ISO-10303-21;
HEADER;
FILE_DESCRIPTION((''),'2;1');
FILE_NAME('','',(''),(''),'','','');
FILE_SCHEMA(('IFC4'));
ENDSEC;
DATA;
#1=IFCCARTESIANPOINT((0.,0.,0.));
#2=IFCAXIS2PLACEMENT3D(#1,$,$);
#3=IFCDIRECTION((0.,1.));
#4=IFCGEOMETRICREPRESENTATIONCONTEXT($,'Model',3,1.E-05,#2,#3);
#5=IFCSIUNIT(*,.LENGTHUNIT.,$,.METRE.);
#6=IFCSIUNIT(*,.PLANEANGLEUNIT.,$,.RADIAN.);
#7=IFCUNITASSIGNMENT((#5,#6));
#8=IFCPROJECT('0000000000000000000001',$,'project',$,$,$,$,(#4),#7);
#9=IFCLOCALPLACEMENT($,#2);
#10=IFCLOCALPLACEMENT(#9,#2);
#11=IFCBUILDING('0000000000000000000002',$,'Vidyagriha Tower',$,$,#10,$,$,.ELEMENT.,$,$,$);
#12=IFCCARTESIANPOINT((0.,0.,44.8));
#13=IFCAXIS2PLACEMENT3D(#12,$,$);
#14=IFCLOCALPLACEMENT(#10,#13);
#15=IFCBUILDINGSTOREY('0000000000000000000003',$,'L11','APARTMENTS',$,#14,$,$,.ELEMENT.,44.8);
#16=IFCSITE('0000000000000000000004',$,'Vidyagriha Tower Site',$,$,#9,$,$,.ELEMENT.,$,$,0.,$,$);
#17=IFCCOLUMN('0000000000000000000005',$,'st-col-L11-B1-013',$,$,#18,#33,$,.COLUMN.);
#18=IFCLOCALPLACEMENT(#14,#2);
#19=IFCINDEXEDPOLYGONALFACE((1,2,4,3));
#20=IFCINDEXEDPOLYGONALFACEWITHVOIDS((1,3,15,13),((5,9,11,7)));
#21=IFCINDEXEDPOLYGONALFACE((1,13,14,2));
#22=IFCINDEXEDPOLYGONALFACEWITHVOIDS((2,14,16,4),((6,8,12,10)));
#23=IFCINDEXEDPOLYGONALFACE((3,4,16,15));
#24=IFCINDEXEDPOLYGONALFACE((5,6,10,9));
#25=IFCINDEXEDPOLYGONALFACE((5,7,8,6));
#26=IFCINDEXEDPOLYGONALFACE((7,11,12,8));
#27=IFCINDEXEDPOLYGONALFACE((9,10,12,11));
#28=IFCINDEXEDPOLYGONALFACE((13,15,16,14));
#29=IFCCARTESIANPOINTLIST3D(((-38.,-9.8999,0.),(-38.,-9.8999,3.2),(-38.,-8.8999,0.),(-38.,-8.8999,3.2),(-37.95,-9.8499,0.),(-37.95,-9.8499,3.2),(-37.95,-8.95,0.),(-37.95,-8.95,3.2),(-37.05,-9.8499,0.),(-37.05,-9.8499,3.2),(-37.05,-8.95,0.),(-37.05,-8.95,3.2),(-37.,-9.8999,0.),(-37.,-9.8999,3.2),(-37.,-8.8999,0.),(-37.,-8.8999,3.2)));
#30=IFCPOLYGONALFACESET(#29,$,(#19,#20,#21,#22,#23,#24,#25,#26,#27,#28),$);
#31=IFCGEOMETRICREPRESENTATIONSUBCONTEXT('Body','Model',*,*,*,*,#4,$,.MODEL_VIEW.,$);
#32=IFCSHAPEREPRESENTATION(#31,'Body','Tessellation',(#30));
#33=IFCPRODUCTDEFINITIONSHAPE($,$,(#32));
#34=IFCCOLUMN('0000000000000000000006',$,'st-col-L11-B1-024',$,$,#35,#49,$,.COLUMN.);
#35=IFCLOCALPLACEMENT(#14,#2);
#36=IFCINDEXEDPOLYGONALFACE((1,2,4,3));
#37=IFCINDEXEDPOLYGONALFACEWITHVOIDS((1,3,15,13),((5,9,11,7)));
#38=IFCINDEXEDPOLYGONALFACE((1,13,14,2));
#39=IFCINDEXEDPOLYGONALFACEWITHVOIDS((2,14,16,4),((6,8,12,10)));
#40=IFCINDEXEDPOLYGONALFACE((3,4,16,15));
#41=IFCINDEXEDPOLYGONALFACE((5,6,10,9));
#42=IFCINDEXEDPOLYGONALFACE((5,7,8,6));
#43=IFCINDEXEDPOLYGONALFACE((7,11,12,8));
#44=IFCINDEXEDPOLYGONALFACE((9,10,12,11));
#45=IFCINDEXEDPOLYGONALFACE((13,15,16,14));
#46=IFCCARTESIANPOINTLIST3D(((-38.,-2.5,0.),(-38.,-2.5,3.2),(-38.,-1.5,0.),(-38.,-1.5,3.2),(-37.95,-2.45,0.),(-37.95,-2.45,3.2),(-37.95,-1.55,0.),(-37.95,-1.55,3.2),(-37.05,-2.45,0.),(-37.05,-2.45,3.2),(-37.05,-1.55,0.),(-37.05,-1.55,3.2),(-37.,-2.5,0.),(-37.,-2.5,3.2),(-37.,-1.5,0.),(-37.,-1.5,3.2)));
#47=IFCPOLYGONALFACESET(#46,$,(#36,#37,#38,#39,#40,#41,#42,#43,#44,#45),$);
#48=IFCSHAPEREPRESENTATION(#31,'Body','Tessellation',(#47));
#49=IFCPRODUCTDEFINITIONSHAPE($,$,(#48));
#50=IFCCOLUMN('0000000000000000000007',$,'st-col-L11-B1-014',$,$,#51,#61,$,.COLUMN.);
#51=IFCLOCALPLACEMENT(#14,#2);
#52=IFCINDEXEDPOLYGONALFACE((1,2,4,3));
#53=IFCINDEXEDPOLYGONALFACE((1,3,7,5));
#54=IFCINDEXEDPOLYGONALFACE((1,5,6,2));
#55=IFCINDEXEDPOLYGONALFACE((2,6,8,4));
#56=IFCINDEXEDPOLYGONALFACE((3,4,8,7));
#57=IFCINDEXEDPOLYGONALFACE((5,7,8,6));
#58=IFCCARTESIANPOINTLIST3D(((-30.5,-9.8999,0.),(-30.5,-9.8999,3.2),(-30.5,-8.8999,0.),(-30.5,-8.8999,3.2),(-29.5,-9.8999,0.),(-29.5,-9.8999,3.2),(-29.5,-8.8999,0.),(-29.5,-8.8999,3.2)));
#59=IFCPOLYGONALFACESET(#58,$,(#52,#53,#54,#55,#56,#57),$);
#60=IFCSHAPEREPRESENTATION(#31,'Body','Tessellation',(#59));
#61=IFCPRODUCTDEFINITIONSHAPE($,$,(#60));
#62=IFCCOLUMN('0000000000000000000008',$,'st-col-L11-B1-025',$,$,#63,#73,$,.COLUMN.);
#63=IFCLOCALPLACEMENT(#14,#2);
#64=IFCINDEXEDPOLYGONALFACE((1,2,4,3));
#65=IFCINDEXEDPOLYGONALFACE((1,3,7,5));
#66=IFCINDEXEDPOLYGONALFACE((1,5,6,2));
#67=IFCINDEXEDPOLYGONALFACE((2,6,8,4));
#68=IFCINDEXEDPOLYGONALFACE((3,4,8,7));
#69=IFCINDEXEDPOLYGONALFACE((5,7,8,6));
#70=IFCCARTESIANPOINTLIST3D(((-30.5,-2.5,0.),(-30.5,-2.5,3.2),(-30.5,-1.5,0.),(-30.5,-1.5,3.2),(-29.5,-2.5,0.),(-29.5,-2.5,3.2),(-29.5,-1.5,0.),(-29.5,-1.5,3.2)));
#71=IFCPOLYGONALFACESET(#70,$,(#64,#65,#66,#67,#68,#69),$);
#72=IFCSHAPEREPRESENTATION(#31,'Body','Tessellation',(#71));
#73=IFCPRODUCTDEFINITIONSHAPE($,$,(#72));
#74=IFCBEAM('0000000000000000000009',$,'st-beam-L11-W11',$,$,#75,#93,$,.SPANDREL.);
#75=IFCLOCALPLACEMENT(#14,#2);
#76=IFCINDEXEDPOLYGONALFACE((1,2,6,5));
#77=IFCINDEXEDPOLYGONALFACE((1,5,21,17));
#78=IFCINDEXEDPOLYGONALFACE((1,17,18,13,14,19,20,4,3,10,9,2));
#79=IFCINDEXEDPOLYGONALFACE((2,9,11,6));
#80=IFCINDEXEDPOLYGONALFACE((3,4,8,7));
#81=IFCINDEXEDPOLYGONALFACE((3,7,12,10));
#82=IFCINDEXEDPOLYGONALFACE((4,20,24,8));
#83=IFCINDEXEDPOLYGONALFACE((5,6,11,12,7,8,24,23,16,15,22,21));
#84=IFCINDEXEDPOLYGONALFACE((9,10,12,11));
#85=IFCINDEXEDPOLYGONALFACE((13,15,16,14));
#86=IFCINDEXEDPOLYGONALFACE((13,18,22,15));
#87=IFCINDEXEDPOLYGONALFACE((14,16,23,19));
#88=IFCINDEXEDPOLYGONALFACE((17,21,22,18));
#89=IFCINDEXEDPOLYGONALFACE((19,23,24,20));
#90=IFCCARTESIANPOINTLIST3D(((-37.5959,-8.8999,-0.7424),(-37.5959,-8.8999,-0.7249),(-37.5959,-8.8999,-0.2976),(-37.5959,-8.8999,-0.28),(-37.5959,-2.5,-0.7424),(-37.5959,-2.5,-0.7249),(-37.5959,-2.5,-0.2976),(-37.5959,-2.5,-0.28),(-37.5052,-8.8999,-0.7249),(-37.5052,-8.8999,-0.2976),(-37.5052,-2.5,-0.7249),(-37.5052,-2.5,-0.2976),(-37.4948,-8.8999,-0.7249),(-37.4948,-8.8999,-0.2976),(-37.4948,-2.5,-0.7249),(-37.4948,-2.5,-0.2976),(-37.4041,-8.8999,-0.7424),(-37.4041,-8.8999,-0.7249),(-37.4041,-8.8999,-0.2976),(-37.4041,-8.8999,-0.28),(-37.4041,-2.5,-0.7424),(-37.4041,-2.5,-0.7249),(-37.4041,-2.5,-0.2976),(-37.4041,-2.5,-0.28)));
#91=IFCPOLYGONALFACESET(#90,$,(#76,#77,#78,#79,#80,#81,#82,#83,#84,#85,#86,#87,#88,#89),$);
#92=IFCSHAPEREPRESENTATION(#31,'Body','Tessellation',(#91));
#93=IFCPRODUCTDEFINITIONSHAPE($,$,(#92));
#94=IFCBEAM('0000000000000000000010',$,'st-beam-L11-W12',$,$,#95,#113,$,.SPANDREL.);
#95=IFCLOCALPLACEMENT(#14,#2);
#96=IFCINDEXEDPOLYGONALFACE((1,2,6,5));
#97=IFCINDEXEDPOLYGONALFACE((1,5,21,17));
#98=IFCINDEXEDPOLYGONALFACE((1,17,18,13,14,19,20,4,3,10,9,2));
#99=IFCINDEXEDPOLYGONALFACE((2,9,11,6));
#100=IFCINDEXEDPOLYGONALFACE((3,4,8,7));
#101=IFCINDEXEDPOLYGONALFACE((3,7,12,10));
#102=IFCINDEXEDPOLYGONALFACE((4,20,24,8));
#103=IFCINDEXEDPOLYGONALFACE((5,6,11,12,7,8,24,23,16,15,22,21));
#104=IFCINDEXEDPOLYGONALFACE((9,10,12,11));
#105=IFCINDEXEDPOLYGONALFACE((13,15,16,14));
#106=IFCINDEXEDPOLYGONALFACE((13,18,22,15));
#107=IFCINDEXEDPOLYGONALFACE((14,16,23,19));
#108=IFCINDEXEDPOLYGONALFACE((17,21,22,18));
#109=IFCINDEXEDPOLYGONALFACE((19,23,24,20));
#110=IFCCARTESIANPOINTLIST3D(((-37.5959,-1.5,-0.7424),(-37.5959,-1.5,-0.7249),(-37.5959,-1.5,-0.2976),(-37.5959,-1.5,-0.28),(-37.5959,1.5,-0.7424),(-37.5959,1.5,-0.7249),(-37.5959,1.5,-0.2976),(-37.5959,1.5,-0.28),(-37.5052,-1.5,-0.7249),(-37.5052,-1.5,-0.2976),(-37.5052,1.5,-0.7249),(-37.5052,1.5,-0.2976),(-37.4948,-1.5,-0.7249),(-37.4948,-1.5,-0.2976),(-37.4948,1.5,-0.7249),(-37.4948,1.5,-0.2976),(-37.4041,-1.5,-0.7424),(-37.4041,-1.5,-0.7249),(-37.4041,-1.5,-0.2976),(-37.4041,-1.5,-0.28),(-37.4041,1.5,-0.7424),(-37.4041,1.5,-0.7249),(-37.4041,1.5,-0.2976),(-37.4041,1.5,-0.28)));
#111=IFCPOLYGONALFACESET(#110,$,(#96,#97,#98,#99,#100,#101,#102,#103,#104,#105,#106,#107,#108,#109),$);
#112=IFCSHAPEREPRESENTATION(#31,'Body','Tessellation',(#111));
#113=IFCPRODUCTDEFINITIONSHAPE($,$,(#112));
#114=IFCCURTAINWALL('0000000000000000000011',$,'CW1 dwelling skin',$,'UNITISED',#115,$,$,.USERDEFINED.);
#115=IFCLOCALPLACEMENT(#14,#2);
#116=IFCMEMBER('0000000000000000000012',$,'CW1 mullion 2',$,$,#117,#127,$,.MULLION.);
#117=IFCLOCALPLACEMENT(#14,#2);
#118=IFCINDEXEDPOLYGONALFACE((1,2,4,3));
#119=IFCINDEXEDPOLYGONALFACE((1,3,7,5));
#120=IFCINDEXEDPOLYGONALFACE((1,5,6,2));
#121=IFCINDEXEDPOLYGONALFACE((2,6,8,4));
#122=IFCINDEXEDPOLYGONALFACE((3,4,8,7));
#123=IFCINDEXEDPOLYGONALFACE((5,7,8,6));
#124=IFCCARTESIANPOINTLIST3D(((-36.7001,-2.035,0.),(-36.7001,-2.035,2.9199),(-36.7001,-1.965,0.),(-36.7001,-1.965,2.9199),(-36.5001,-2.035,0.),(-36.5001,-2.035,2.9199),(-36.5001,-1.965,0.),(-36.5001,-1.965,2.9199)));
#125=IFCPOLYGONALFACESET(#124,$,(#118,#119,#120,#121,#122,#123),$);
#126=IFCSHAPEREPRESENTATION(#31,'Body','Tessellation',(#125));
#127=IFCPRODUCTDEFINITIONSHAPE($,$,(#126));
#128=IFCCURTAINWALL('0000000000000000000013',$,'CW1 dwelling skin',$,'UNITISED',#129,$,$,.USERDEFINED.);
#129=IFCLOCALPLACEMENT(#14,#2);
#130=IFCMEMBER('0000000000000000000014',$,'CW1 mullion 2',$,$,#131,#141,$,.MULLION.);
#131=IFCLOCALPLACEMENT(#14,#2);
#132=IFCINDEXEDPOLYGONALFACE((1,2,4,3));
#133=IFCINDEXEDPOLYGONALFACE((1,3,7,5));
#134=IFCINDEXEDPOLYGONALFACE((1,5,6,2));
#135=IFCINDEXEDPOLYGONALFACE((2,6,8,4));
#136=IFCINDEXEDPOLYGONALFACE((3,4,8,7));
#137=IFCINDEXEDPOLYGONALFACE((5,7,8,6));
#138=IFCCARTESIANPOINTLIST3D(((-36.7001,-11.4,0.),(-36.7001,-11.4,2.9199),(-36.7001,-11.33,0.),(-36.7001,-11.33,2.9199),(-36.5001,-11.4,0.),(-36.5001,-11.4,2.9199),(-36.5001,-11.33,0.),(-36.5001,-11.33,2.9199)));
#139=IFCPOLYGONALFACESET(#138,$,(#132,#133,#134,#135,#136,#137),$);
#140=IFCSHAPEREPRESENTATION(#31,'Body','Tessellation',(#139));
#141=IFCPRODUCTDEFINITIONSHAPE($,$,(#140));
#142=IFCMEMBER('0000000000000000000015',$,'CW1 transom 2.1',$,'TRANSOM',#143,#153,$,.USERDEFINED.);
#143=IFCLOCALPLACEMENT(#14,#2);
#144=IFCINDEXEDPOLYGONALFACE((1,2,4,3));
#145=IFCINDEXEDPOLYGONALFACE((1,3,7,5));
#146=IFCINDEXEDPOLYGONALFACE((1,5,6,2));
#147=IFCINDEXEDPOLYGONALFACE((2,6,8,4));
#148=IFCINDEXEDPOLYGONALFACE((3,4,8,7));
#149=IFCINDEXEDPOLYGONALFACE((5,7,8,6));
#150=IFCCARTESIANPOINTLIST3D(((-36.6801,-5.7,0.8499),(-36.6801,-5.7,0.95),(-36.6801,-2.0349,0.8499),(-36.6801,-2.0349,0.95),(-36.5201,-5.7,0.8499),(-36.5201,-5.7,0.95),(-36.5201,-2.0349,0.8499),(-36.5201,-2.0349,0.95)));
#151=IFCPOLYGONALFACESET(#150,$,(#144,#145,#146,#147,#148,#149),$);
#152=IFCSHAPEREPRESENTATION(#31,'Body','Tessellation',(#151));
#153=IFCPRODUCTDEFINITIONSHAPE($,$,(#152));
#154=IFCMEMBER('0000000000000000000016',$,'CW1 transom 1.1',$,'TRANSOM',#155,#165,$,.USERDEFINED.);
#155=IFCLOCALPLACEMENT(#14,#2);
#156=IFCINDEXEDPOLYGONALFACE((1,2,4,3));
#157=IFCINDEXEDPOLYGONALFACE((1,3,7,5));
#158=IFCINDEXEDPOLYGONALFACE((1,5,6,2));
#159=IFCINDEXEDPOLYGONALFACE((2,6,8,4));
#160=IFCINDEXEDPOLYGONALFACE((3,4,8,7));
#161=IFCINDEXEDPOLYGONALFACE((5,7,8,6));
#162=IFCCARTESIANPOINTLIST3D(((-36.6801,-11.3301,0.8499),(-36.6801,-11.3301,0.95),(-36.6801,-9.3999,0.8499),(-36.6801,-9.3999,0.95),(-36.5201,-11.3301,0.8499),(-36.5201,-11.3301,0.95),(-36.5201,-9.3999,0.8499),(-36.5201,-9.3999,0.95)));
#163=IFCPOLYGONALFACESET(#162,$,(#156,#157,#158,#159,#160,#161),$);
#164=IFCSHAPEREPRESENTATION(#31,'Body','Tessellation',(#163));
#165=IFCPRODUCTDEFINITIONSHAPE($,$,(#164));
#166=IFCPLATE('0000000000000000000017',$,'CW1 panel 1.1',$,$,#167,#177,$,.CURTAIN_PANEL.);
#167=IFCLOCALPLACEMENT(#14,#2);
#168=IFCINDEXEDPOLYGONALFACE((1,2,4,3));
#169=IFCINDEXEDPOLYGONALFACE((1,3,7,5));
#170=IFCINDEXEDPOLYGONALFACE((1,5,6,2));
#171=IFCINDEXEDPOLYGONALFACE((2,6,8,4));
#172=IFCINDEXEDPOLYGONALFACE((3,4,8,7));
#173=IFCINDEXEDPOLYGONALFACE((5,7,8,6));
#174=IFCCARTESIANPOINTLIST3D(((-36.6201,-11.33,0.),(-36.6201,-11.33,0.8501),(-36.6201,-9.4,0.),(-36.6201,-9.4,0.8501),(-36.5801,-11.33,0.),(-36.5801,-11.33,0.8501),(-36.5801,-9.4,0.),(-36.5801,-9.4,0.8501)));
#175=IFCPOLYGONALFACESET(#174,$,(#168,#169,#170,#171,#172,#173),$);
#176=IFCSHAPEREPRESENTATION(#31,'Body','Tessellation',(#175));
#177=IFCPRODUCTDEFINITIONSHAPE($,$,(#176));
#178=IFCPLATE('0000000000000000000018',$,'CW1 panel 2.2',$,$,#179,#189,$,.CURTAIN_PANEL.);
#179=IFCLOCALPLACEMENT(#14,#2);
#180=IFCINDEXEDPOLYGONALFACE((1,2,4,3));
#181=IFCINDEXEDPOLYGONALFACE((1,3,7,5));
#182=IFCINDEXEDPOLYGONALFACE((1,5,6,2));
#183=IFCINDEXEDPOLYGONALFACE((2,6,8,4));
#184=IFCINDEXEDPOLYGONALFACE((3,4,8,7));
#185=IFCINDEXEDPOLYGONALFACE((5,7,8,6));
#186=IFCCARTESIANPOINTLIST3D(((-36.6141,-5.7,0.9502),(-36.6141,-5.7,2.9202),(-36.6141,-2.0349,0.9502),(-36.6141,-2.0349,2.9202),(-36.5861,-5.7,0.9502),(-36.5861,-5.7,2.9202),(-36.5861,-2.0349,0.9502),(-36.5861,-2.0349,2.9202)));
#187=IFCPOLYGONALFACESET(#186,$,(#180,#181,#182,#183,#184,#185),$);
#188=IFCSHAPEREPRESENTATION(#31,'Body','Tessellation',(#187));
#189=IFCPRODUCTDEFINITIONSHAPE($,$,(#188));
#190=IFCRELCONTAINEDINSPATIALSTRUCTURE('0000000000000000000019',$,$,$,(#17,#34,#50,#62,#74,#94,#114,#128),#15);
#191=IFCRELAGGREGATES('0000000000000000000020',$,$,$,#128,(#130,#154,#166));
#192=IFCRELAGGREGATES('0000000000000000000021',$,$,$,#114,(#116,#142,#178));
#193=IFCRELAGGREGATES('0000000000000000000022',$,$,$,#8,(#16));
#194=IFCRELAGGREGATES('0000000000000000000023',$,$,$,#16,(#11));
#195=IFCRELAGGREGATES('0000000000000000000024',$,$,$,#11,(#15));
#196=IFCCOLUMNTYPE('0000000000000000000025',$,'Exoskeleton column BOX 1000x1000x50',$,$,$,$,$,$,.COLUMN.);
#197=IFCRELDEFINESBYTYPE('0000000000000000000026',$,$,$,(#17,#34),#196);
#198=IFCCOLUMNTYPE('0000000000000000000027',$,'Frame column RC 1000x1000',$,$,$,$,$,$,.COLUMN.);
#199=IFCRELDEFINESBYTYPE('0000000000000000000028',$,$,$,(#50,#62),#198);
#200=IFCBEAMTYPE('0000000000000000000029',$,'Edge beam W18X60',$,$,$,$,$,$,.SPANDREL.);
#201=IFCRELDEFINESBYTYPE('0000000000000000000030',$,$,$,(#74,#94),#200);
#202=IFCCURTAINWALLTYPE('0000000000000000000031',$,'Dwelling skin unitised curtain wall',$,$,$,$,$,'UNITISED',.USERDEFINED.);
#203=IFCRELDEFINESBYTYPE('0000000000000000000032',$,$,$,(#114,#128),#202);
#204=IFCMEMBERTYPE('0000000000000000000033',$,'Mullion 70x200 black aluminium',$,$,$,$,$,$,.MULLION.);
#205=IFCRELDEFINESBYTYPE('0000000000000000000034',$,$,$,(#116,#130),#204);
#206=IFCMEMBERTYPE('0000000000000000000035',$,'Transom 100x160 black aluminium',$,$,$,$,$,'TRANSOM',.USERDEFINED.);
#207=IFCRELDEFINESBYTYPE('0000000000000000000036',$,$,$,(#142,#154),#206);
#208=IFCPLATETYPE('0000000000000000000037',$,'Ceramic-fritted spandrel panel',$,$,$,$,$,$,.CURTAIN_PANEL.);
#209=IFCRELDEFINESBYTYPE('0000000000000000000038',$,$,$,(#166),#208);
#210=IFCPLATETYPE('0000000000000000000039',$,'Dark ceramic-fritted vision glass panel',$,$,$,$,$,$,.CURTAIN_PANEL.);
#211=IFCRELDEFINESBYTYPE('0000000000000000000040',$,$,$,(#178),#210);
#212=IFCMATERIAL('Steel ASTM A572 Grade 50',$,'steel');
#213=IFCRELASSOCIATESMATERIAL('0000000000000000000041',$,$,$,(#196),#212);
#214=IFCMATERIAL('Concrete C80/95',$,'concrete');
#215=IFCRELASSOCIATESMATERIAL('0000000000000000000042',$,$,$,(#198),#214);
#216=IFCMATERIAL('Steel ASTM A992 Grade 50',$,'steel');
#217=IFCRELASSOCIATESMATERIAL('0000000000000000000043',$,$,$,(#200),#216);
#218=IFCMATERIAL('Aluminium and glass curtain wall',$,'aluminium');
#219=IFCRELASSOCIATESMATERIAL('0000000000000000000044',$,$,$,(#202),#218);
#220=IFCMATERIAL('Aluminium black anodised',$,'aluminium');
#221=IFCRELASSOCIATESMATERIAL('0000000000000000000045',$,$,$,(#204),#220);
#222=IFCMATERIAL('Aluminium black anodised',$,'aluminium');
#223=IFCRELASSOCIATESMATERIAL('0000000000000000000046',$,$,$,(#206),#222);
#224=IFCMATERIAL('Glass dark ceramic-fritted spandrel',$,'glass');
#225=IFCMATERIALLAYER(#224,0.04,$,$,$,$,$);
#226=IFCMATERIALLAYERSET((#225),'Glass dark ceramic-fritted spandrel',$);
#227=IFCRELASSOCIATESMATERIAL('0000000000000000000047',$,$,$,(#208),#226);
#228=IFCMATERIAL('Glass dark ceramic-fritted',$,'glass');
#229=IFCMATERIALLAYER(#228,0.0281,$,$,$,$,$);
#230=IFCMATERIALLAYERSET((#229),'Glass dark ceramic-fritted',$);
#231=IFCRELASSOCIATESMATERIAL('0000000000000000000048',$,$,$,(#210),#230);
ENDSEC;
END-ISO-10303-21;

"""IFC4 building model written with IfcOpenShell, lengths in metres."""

from ifc_helpers import new_model, si_unit, direction, frame, origin, origin_2d, place, context, subcontext, project, spatial, rectangle, hollow_rectangle, i_section, extrude, material, layer, layer_set, material_profile, profile_set, type_object, element, aggregate, save


model = new_model("IFC4")

# Units and contexts
model_context = context("Model", 3, precision=1e-05, world=origin(), true_north=direction((0.0, 1.0)))
body_context = subcontext(model_context, "Body", "Model", "MODEL_VIEW")
ifc_project = project(units=[si_unit("LENGTHUNIT", "METRE"), si_unit("PLANEANGLEUNIT", "RADIAN")], contexts=[model_context])

# Site, building, storey
site_placement = place(None, origin())
site = spatial("IfcSite", under=ifc_project, at=site_placement, Name="Vidyagriha Tower Site", CompositionType="ELEMENT", RefElevation=0.0)
building_placement = place(site_placement, origin())
building = spatial("IfcBuilding", under=site, at=building_placement, Name="Vidyagriha Tower", CompositionType="ELEMENT")
storey_placement = place(building_placement, frame((0.0, 0.0, 44.8)))
storey = spatial("IfcBuildingStorey", under=building, at=storey_placement, Name="L11", Description="APARTMENTS", CompositionType="ELEMENT", Elevation=44.8)

# Columns
ifc_material_1 = material(Name="Steel ASTM A572 Grade 50", Category="steel")
ifc_material_profile_1 = material_profile(ifc_material_1, hollow_rectangle(XDim=1.0, YDim=1.0, WallThickness=0.05, at=origin_2d()), Name="BOX 1000x1000x50")
ifc_profile_set_1 = profile_set([ifc_material_profile_1], Name="Steel ASTM A572 Grade 50")
column_type_1 = type_object("IfcColumnType", Name="Exoskeleton column BOX 1000x1000x50", PredefinedType="COLUMN", material=ifc_profile_set_1)
for number, where, name in (
    (1, (-37.5, -9.3999, 0.0), "st-col-L11-B1-013"),
    (2, (-37.5, -2.0, 0.0), "st-col-L11-B1-024"),
):
    element("IfcColumn", number, at=place(storey_placement, frame(where)), inside=storey, type_object=column_type_1, Name=name, PredefinedType="COLUMN", context=body_context, shape_type="SweptSolid", body=[
        extrude(hollow_rectangle(XDim=1.0, YDim=1.0, WallThickness=0.05, at=origin_2d()), origin(), (0.0, 0.0, 1.0), 3.2),
    ])
ifc_material_2 = material(Name="Concrete C80/95", Category="concrete")
ifc_material_profile_2 = material_profile(ifc_material_2, rectangle(XDim=1.0, YDim=1.0, at=origin_2d()), Name="RC 1000x1000")
ifc_profile_set_2 = profile_set([ifc_material_profile_2], Name="Concrete C80/95")
column_type_2 = type_object("IfcColumnType", Name="Frame column RC 1000x1000", PredefinedType="COLUMN", material=ifc_profile_set_2)
for number, where, name in (
    (3, (-30.0, -9.3999, 0.0), "st-col-L11-B1-014"),
    (4, (-30.0, -2.0, 0.0), "st-col-L11-B1-025"),
):
    element("IfcColumn", number, at=place(storey_placement, frame(where)), inside=storey, type_object=column_type_2, Name=name, PredefinedType="COLUMN", context=body_context, shape_type="SweptSolid", body=[
        extrude(rectangle(XDim=1.0, YDim=1.0, at=origin_2d()), origin(), (0.0, 0.0, 1.0), 3.2),
    ])

# Beams
ifc_material_3 = material(Name="Steel ASTM A992 Grade 50", Category="steel")
ifc_material_profile_3 = material_profile(ifc_material_3, i_section(OverallWidth=0.1919, OverallDepth=0.4624, WebThickness=0.0105, FlangeThickness=0.0176, at=origin_2d()), Name="W18X60")
ifc_profile_set_3 = profile_set([ifc_material_profile_3], Name="Steel ASTM A992 Grade 50")
beam_type = type_object("IfcBeamType", Name="Edge beam W18X60", PredefinedType="SPANDREL", material=ifc_profile_set_3)
beam_1_placement = place(storey_placement, frame((-37.5, -8.8999, -0.5112), z_axis=(0.0, 1.0, 0.0), x_axis=(-1.0, 0.0, 0.0)))
element("IfcBeam", 5, at=beam_1_placement, inside=storey, type_object=beam_type, Name="st-beam-L11-W11", PredefinedType="SPANDREL", context=body_context, shape_type="SweptSolid", body=[
    extrude(i_section(OverallWidth=0.1919, OverallDepth=0.4624, WebThickness=0.0105, FlangeThickness=0.0176, at=origin_2d()), origin(), (0.0, 0.0, 1.0), 6.3999),
])
beam_2_placement = place(storey_placement, frame((-37.5, -1.5, -0.5112), z_axis=(0.0, 1.0, 0.0), x_axis=(-1.0, 0.0, 0.0)))
element("IfcBeam", 6, at=beam_2_placement, inside=storey, type_object=beam_type, Name="st-beam-L11-W12", PredefinedType="SPANDREL", context=body_context, shape_type="SweptSolid", body=[
    extrude(i_section(OverallWidth=0.1919, OverallDepth=0.4624, WebThickness=0.0105, FlangeThickness=0.0176, at=origin_2d()), origin(), (0.0, 0.0, 1.0), 3.0),
])

# Curtain walls, members
ifc_material_4 = material(Name="Aluminium and glass curtain wall", Category="aluminium")
curtain_wall_type = type_object("IfcCurtainWallType", Name="Dwelling skin unitised curtain wall", ElementType="UNITISED", PredefinedType="USERDEFINED", material=ifc_material_4)
curtain_wall_1_placement = place(storey_placement, origin())
curtain_wall_1 = element("IfcCurtainWall", 7, at=curtain_wall_1_placement, inside=storey, type_object=curtain_wall_type, Name="CW1 dwelling skin", ObjectType="UNITISED", PredefinedType="USERDEFINED")
ifc_material_5 = material(Name="Aluminium black anodised", Category="aluminium")
ifc_material_profile_4 = material_profile(ifc_material_5, rectangle(XDim=0.2, YDim=0.0701, at=origin_2d()), Name="Mullion 70x200 black aluminium")
ifc_profile_set_4 = profile_set([ifc_material_profile_4], Name="Aluminium black anodised")
member_type_1 = type_object("IfcMemberType", Name="Mullion 70x200 black aluminium", PredefinedType="MULLION", material=ifc_profile_set_4)
member_1_placement = place(storey_placement, frame((-36.6001, -2.0, 0.0)))
member_1 = element("IfcMember", 8, at=member_1_placement, type_object=member_type_1, Name="CW1 mullion 2", PredefinedType="MULLION", context=body_context, shape_type="SweptSolid", body=[
    extrude(rectangle(XDim=0.2, YDim=0.0701, at=origin_2d()), origin(), (0.0, 0.0, 1.0), 2.9199),
])
curtain_wall_2_placement = place(storey_placement, origin())
curtain_wall_2 = element("IfcCurtainWall", 9, at=curtain_wall_2_placement, inside=storey, type_object=curtain_wall_type, Name="CW1 dwelling skin", ObjectType="UNITISED", PredefinedType="USERDEFINED")
member_2_placement = place(storey_placement, frame((-36.6001, -11.365, 0.0)))
member_2 = element("IfcMember", 10, at=member_2_placement, type_object=member_type_1, Name="CW1 mullion 2", PredefinedType="MULLION", context=body_context, shape_type="SweptSolid", body=[
    extrude(rectangle(XDim=0.2, YDim=0.0701, at=origin_2d()), origin(), (0.0, 0.0, 1.0), 2.9199),
])

# Members
ifc_material_6 = material(Name="Aluminium black anodised", Category="aluminium")
ifc_material_profile_5 = material_profile(ifc_material_6, rectangle(XDim=0.1599, YDim=0.1001, at=origin_2d()), Name="Transom 100x160 black aluminium")
ifc_profile_set_5 = profile_set([ifc_material_profile_5], Name="Aluminium black anodised")
member_type_2 = type_object("IfcMemberType", Name="Transom 100x160 black aluminium", ElementType="TRANSOM", PredefinedType="USERDEFINED", material=ifc_profile_set_5)
member_3_placement = place(storey_placement, frame((-36.6001, -2.0349, 0.8999), z_axis=(0.0, -1.0, 0.0), x_axis=(1.0, 0.0, 0.0)))
member_3 = element("IfcMember", 11, at=member_3_placement, type_object=member_type_2, Name="CW1 transom 2.1", ObjectType="TRANSOM", PredefinedType="USERDEFINED", context=body_context, shape_type="SweptSolid", body=[
    extrude(rectangle(XDim=0.1599, YDim=0.1001, at=origin_2d()), origin(), (0.0, 0.0, 1.0), 3.665),
])
member_4_placement = place(storey_placement, frame((-36.6001, -9.3999, 0.8999), z_axis=(0.0, -1.0, 0.0), x_axis=(1.0, 0.0, 0.0)))
member_4 = element("IfcMember", 12, at=member_4_placement, type_object=member_type_2, Name="CW1 transom 1.1", ObjectType="TRANSOM", PredefinedType="USERDEFINED", context=body_context, shape_type="SweptSolid", body=[
    extrude(rectangle(XDim=0.1599, YDim=0.1001, at=origin_2d()), origin(), (0.0, 0.0, 1.0), 1.9302),
])

# Plates
ifc_material_7 = material(Name="Glass dark ceramic-fritted spandrel", Category="glass")
ifc_layer_1 = layer(ifc_material_7, 0.04)
ifc_layer_set_1 = layer_set([ifc_layer_1], Name="Glass dark ceramic-fritted spandrel")
plate_type_1 = type_object("IfcPlateType", Name="Ceramic-fritted spandrel panel", PredefinedType="CURTAIN_PANEL", material=ifc_layer_set_1)
plate_1_placement = place(storey_placement, frame((-36.6001, -10.365, 0.0), z_axis=(0.0, 0.0, 1.0), x_axis=(0.0, -1.0, 0.0)))
plate_1 = element("IfcPlate", 13, at=plate_1_placement, type_object=plate_type_1, Name="CW1 panel 1.1", PredefinedType="CURTAIN_PANEL", context=body_context, shape_type="SweptSolid", body=[
    extrude(rectangle(XDim=1.9299, YDim=0.04, at=origin_2d()), origin(), (0.0, 0.0, 1.0), 0.8501),
])
ifc_material_8 = material(Name="Glass dark ceramic-fritted", Category="glass")
ifc_layer_2 = layer(ifc_material_8, 0.0281)
ifc_layer_set_2 = layer_set([ifc_layer_2], Name="Glass dark ceramic-fritted")
plate_type_2 = type_object("IfcPlateType", Name="Dark ceramic-fritted vision glass panel", PredefinedType="CURTAIN_PANEL", material=ifc_layer_set_2)
plate_2_placement = place(storey_placement, frame((-36.6001, -3.8674, 0.9502), z_axis=(0.0, 0.0, 1.0), x_axis=(0.0, -1.0, 0.0)))
plate_2 = element("IfcPlate", 14, at=plate_2_placement, type_object=plate_type_2, Name="CW1 panel 2.2", PredefinedType="CURTAIN_PANEL", context=body_context, shape_type="SweptSolid", body=[
    extrude(rectangle(XDim=3.665, YDim=0.0281, at=origin_2d()), origin(), (0.0, 0.0, 1.0), 1.97),
])
aggregate(curtain_wall_2, [member_2, member_4, plate_1])
aggregate(curtain_wall_1, [member_1, member_3, plate_2])

save(model, "model.ifc")
